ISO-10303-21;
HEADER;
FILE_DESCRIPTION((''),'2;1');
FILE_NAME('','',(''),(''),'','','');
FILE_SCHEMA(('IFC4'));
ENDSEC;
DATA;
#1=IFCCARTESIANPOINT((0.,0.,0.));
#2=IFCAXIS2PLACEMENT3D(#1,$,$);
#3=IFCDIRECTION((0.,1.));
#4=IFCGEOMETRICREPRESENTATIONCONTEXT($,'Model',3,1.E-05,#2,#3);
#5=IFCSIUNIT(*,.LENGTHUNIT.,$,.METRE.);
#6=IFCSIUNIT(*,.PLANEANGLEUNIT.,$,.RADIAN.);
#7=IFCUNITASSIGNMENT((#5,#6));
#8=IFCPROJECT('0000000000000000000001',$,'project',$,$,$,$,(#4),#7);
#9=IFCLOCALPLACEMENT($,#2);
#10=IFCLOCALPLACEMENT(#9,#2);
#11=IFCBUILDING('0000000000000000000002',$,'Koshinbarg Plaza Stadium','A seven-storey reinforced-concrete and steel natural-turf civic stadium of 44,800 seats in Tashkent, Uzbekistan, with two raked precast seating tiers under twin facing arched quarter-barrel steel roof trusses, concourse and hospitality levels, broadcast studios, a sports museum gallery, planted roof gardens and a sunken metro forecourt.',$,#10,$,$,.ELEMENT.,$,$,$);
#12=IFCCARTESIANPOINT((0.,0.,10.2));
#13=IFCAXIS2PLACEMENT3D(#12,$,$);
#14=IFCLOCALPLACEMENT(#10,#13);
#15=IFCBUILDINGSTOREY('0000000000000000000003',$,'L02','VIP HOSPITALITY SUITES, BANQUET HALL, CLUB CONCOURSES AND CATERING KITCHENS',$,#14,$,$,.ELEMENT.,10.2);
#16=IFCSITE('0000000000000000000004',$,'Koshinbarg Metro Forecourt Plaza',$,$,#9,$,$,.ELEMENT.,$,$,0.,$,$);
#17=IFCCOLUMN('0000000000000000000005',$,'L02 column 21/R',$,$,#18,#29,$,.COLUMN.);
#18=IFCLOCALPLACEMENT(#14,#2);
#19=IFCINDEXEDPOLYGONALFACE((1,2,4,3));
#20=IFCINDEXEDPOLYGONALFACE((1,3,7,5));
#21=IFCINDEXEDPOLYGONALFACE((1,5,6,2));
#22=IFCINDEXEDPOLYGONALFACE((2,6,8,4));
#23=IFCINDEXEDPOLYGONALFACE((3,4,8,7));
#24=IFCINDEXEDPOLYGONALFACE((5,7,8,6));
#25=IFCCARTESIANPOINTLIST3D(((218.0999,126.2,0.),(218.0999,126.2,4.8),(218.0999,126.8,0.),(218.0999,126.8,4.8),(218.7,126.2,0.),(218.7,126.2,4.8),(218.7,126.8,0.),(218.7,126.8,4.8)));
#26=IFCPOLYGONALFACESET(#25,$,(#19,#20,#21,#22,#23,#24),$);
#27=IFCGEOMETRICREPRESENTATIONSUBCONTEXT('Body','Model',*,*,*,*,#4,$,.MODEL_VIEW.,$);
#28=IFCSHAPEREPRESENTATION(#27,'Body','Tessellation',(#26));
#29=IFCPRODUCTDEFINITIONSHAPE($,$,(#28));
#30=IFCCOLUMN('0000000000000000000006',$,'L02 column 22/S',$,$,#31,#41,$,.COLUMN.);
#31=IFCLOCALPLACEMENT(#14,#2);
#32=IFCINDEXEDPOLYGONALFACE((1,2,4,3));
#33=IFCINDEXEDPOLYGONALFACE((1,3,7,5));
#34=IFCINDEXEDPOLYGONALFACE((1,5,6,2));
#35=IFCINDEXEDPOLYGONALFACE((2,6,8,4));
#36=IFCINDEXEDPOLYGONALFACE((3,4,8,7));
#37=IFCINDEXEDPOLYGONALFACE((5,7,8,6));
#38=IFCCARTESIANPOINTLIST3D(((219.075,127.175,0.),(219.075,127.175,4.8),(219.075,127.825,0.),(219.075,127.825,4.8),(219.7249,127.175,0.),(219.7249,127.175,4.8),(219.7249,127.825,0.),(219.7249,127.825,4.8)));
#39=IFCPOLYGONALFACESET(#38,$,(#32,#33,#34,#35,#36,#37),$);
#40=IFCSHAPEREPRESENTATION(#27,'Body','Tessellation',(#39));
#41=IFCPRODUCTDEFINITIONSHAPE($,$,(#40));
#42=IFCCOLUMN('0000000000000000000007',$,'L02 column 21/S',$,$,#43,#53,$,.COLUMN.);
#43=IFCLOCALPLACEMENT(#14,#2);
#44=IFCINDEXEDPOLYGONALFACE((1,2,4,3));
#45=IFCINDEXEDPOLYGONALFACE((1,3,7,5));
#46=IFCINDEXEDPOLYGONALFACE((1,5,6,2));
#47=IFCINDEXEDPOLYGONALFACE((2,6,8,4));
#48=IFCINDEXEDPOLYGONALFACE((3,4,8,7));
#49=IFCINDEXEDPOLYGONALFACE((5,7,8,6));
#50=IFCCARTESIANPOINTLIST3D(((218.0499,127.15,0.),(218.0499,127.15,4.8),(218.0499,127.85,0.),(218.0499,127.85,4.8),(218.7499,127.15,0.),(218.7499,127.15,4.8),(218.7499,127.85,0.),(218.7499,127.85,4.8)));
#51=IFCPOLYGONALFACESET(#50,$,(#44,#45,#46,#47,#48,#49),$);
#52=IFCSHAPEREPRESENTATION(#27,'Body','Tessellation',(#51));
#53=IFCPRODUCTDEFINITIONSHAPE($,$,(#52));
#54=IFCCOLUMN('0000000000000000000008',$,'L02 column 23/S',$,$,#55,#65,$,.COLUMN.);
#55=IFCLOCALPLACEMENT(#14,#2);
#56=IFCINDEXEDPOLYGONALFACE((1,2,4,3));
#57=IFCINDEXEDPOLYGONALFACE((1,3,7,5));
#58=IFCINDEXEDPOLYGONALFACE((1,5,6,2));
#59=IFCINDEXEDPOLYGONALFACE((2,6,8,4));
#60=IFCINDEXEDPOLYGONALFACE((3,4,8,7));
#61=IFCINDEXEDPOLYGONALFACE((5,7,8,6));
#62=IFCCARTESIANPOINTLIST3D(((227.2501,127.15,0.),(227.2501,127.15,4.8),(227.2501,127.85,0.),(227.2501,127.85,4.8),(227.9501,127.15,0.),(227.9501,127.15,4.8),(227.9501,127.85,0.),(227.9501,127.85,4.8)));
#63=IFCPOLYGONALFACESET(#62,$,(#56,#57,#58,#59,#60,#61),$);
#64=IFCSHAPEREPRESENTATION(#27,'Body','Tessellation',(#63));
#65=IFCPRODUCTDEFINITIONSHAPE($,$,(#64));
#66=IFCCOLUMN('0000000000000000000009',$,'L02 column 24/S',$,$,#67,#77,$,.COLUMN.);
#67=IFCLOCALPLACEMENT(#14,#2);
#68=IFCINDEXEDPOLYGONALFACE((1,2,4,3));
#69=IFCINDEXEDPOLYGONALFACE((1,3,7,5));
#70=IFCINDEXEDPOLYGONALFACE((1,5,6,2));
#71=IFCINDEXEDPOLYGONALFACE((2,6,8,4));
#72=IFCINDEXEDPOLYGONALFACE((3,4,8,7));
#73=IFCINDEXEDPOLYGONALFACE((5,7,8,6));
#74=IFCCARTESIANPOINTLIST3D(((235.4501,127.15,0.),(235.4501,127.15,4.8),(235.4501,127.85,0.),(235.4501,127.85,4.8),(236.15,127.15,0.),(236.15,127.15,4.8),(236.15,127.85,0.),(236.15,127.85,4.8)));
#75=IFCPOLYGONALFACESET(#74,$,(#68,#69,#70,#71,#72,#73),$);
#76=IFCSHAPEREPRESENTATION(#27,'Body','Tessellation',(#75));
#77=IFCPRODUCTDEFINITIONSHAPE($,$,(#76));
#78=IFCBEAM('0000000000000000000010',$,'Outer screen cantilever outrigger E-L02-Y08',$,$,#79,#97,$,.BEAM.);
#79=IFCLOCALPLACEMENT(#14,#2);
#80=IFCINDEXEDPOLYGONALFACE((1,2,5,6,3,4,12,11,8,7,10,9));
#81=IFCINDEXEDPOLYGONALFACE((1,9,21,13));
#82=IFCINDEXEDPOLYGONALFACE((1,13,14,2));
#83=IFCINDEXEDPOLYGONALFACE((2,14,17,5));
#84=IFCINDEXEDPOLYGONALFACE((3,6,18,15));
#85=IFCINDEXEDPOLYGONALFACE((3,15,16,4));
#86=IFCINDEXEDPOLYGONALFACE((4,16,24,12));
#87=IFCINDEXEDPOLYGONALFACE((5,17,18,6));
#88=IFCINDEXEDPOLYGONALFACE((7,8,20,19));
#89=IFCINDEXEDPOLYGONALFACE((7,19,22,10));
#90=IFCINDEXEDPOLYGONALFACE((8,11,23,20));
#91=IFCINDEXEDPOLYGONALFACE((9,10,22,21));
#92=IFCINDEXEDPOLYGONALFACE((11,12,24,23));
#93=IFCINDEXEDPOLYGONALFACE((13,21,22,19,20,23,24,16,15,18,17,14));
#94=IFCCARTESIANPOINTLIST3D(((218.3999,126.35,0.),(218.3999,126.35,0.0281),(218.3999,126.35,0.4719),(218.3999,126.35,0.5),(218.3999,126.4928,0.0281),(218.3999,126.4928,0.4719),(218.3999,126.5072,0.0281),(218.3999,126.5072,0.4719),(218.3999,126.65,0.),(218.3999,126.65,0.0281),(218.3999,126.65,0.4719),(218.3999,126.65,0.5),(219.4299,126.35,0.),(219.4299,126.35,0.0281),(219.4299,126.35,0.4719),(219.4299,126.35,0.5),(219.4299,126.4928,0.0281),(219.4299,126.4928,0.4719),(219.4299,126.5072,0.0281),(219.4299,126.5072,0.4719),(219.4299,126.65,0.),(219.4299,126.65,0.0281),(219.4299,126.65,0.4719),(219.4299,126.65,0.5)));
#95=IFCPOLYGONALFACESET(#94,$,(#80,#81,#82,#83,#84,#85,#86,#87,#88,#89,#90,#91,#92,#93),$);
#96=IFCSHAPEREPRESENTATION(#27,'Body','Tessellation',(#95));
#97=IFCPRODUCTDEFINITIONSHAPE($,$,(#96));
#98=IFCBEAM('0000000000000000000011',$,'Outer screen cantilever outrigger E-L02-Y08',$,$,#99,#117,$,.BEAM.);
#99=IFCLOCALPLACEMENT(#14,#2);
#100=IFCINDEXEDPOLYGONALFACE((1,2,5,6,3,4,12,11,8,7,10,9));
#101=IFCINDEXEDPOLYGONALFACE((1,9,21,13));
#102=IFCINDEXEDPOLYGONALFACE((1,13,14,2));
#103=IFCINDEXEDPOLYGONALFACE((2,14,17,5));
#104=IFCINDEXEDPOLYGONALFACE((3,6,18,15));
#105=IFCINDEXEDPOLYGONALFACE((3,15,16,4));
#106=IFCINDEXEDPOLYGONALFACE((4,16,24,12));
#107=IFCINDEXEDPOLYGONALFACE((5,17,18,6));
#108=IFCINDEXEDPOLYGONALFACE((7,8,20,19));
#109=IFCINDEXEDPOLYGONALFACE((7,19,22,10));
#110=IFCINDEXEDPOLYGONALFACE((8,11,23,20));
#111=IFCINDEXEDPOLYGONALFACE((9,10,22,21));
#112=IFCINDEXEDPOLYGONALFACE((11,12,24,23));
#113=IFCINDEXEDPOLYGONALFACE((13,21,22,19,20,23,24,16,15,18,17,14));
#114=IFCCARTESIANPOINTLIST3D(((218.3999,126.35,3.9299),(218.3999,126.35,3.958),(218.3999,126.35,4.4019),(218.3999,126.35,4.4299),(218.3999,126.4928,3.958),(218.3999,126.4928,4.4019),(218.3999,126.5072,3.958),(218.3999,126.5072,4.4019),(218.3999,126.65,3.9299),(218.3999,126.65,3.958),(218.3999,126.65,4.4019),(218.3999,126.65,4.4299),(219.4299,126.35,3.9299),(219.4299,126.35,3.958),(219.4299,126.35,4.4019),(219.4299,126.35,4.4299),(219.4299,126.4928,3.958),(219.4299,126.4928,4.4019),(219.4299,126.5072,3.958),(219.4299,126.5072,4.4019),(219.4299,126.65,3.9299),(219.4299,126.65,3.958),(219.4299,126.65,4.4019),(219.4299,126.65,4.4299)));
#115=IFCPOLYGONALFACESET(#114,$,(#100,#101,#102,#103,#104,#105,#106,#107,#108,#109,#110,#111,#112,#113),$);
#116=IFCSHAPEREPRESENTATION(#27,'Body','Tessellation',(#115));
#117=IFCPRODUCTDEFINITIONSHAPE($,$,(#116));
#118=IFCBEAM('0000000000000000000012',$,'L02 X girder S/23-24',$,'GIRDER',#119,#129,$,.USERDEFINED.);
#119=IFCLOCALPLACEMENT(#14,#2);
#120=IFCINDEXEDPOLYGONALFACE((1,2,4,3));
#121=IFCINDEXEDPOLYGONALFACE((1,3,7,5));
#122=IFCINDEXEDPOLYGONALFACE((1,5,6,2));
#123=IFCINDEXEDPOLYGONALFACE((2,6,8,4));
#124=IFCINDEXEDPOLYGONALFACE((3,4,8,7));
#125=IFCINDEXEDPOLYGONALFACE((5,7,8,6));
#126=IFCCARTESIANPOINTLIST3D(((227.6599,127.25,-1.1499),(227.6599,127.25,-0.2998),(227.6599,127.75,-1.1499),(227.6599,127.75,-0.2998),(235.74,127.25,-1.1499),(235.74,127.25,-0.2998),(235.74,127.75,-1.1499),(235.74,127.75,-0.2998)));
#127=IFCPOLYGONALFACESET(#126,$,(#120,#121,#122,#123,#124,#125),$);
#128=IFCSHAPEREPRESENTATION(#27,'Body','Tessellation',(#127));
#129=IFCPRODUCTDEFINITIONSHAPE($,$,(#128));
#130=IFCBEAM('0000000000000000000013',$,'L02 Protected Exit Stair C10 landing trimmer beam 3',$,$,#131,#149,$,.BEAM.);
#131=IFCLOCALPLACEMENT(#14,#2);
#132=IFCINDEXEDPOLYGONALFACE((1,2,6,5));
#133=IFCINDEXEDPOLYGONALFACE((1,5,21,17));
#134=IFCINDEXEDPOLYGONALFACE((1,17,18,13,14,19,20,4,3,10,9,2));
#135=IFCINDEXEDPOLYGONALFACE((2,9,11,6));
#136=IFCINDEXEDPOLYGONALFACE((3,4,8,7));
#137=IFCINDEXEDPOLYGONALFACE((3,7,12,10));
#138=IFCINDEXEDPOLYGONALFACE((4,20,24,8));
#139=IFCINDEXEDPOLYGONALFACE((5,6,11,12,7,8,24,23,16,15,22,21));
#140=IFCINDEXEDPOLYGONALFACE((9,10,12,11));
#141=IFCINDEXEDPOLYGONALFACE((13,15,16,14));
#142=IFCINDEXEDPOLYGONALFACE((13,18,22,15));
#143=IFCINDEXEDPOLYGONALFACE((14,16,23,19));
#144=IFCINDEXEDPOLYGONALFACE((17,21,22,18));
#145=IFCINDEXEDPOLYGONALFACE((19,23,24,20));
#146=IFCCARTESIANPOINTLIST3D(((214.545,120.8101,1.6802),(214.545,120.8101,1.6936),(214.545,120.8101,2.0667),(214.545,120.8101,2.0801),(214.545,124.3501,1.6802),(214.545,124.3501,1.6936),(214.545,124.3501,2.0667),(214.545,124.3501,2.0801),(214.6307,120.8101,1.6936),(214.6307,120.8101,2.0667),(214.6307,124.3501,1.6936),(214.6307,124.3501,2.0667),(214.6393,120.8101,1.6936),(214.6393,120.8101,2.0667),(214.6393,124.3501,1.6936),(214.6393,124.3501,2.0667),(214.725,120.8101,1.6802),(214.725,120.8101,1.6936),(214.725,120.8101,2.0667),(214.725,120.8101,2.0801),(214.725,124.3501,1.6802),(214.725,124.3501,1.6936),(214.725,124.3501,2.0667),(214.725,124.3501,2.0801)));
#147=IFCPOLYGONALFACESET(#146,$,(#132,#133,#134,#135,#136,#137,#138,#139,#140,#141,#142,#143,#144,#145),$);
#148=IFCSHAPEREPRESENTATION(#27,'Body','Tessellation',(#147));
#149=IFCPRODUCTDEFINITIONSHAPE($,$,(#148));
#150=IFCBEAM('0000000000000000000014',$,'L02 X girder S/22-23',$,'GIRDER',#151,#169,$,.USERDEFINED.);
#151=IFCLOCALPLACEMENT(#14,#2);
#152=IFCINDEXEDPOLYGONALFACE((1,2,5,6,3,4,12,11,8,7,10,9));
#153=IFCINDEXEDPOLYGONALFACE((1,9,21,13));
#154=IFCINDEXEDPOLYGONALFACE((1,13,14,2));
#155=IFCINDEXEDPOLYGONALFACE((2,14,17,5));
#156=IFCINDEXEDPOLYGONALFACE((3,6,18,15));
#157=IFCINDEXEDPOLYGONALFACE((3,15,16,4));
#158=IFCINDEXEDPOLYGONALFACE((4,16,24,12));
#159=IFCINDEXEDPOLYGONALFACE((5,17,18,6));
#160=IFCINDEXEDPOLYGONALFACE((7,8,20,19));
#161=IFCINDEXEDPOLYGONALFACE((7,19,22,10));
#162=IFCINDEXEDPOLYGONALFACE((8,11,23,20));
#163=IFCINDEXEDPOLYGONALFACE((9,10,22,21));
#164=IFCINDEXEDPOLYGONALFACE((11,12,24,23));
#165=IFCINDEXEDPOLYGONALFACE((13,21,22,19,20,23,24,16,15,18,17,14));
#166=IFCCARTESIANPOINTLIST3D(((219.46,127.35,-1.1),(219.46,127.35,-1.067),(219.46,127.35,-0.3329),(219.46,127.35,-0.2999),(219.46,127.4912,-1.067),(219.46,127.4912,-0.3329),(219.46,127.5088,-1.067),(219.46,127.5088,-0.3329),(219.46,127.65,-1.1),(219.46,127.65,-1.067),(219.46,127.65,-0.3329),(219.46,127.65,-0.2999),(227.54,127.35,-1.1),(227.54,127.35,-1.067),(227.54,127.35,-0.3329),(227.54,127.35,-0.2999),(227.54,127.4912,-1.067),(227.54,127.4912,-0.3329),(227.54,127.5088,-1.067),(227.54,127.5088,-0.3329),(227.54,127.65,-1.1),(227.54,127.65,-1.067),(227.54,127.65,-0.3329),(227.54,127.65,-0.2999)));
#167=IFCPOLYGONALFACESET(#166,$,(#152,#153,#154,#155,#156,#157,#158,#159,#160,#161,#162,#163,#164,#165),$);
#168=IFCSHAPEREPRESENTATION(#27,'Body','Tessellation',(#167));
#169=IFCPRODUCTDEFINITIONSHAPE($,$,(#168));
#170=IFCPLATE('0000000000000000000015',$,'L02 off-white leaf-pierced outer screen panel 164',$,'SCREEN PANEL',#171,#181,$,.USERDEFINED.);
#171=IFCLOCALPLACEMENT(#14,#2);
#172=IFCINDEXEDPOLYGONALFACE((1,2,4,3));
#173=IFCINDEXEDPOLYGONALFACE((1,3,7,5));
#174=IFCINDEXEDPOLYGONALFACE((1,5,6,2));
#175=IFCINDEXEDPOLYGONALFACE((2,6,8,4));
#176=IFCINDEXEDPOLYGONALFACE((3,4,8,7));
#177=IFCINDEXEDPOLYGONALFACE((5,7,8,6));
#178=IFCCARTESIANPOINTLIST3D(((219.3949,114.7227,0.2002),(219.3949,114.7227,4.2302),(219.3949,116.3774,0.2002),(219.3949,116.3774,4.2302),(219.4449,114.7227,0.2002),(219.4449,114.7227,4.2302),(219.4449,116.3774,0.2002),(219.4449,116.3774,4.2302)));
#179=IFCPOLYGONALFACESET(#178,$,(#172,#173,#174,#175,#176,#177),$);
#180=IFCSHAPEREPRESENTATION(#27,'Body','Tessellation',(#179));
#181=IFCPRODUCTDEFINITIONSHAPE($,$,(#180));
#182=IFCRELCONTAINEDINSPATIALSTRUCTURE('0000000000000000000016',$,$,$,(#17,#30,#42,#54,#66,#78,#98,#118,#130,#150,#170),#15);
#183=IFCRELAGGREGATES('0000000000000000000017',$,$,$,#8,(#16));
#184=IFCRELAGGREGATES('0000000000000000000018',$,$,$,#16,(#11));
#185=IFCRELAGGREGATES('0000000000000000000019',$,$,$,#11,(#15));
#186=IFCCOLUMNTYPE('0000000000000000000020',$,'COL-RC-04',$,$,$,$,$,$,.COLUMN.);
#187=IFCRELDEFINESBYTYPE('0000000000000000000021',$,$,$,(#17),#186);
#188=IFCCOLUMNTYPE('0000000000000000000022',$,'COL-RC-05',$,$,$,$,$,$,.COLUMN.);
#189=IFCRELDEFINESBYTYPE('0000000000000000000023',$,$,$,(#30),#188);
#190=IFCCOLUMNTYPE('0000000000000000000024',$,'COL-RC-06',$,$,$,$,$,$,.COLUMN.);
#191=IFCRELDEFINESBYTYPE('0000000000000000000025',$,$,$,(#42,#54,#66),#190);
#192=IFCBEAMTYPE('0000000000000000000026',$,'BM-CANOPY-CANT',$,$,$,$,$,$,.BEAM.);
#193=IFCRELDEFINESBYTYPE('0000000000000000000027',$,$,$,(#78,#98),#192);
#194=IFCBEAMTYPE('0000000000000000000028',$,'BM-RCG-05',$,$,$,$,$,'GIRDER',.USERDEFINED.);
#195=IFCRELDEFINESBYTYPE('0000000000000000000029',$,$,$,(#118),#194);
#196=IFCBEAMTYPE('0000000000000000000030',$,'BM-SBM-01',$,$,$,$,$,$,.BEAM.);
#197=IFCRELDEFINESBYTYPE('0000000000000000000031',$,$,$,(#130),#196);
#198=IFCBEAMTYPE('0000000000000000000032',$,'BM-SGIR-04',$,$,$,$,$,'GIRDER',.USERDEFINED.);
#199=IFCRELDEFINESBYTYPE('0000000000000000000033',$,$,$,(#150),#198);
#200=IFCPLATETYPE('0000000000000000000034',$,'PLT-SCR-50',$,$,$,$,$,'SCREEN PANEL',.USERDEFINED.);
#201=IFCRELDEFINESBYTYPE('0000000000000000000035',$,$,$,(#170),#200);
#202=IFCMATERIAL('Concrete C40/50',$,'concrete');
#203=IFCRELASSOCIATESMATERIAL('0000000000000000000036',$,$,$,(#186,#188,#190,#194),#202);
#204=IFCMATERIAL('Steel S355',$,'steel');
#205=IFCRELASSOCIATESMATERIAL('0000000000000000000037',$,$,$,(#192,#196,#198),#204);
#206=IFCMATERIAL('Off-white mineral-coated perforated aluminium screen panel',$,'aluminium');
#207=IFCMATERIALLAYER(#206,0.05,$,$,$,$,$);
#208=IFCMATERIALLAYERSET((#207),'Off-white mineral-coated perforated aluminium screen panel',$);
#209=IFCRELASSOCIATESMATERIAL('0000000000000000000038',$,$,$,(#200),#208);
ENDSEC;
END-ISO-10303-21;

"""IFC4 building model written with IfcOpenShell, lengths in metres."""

from ifc_helpers import new_model, si_unit, direction, frame, origin, origin_2d, place, context, subcontext, project, spatial, rectangle, i_section, extrude, material, layer, layer_set, material_profile, profile_set, type_object, element, save


model = new_model("IFC4")

# Units and contexts
model_context = context("Model", 3, precision=1e-05, world=origin(), true_north=direction((0.0, 1.0)))
body_context = subcontext(model_context, "Body", "Model", "MODEL_VIEW")
ifc_project = project(units=[si_unit("LENGTHUNIT", "METRE"), si_unit("PLANEANGLEUNIT", "RADIAN")], contexts=[model_context])

# Site, building, storey
site_placement = place(None, origin())
site = spatial("IfcSite", under=ifc_project, at=site_placement, Name="Koshinbarg Metro Forecourt Plaza", CompositionType="ELEMENT", RefElevation=0.0)
building_placement = place(site_placement, origin())
building = spatial("IfcBuilding", under=site, at=building_placement, Name="Koshinbarg Plaza Stadium", Description="A seven-storey reinforced-concrete and steel natural-turf civic stadium of 44,800 seats in Tashkent, Uzbekistan, with two raked precast seating tiers under twin facing arched quarter-barrel steel roof trusses, concourse and hospitality levels, broadcast studios, a sports museum gallery, planted roof gardens and a sunken metro forecourt.", CompositionType="ELEMENT")
storey_placement = place(building_placement, frame((0.0, 0.0, 10.2)))
storey = spatial("IfcBuildingStorey", under=building, at=storey_placement, Name="L02", Description="VIP HOSPITALITY SUITES, BANQUET HALL, CLUB CONCOURSES AND CATERING KITCHENS", CompositionType="ELEMENT", Elevation=10.2)

# Columns
ifc_material_1 = material(Name="Concrete C40/50", Category="concrete")
ifc_material_profile_1 = material_profile(ifc_material_1, rectangle(XDim=0.6001, YDim=0.6001, at=origin_2d()), Name="RC 600x600")
ifc_profile_set_1 = profile_set([ifc_material_profile_1], Name="Concrete C40/50")
column_type_1 = type_object("IfcColumnType", Name="COL-RC-04", PredefinedType="COLUMN", material=ifc_profile_set_1)
column_1_placement = place(storey_placement, frame((218.3999, 126.5, 0.0), z_axis=(0.0, 0.0, 1.0), x_axis=(1.0, 0.0, 0.0)))
element("IfcColumn", 1, at=column_1_placement, inside=storey, type_object=column_type_1, Name="L02 column 21/R", PredefinedType="COLUMN", context=body_context, shape_type="SweptSolid", body=[
    extrude(rectangle(XDim=0.6001, YDim=0.6001, at=origin_2d()), origin(), (0.0, 0.0, 1.0), 4.8),
])
ifc_material_profile_2 = material_profile(ifc_material_1, rectangle(XDim=0.6499, YDim=0.6499, at=origin_2d()), Name="RC 650x650")
ifc_profile_set_2 = profile_set([ifc_material_profile_2], Name="Concrete C40/50")
column_type_2 = type_object("IfcColumnType", Name="COL-RC-05", PredefinedType="COLUMN", material=ifc_profile_set_2)
column_2_placement = place(storey_placement, frame((219.3999, 127.5, 0.0), z_axis=(0.0, 0.0, 1.0), x_axis=(1.0, 0.0, 0.0)))
element("IfcColumn", 2, at=column_2_placement, inside=storey, type_object=column_type_2, Name="L02 column 22/S", PredefinedType="COLUMN", context=body_context, shape_type="SweptSolid", body=[
    extrude(rectangle(XDim=0.6499, YDim=0.6499, at=origin_2d()), origin(), (0.0, 0.0, 1.0), 4.8),
])
ifc_material_profile_3 = material_profile(ifc_material_1, rectangle(XDim=0.7, YDim=0.7, at=origin_2d()), Name="RC 700x700")
ifc_profile_set_3 = profile_set([ifc_material_profile_3], Name="Concrete C40/50")
column_type_3 = type_object("IfcColumnType", Name="COL-RC-06", PredefinedType="COLUMN", material=ifc_profile_set_3)
for number, where, z_axis, x_axis, name in (
    (3, (218.3999, 127.5, 0.0), (0.0, 0.0, 1.0), (1.0, 0.0, 0.0), "L02 column 21/S"),
    (4, (227.6001, 127.5, 0.0), (0.0, 0.0, 1.0), (1.0, 0.0, 0.0), "L02 column 23/S"),
    (5, (235.8, 127.5, 0.0), (0.0, 0.0, 1.0), (1.0, 0.0, 0.0), "L02 column 24/S"),
):
    element("IfcColumn", number, at=place(storey_placement, frame(where, z_axis=z_axis, x_axis=x_axis)), inside=storey, type_object=column_type_3, Name=name, PredefinedType="COLUMN", context=body_context, shape_type="SweptSolid", body=[
        extrude(rectangle(XDim=0.7, YDim=0.7, at=origin_2d()), origin(), (0.0, 0.0, 1.0), 4.8),
    ])

# Beams
ifc_material_2 = material(Name="Steel S355", Category="steel")
ifc_material_profile_4 = material_profile(ifc_material_2, i_section(OverallWidth=0.3, OverallDepth=0.5, WebThickness=0.0144, FlangeThickness=0.0281, at=origin_2d()), Name="HEB 500")
ifc_profile_set_4 = profile_set([ifc_material_profile_4], Name="Steel S355")
beam_type_1 = type_object("IfcBeamType", Name="BM-CANOPY-CANT", PredefinedType="BEAM", material=ifc_profile_set_4)
for number, where, z_axis, x_axis, name in (
    (6, (218.3999, 126.5, 0.25), (1.0, 0.0, 0.0), (0.0, 1.0, 0.0), "Outer screen cantilever outrigger E-L02-Y08"),
    (7, (218.3999, 126.5, 4.1799), (1.0, 0.0, 0.0), (0.0, 1.0, 0.0), "Outer screen cantilever outrigger E-L02-Y08"),
):
    element("IfcBeam", number, at=place(storey_placement, frame(where, z_axis=z_axis, x_axis=x_axis)), inside=storey, type_object=beam_type_1, Name=name, PredefinedType="BEAM", context=body_context, shape_type="SweptSolid", body=[
        extrude(i_section(OverallWidth=0.3, OverallDepth=0.5, WebThickness=0.0144, FlangeThickness=0.0281, at=origin_2d()), origin(), (0.0, 0.0, 1.0), 1.03),
    ])
ifc_material_profile_5 = material_profile(ifc_material_1, rectangle(XDim=0.5, YDim=0.8501, at=origin_2d()), Name="RC 500x850")
ifc_profile_set_5 = profile_set([ifc_material_profile_5], Name="Concrete C40/50")
beam_type_2 = type_object("IfcBeamType", Name="BM-RCG-05", ElementType="GIRDER", PredefinedType="USERDEFINED", material=ifc_profile_set_5)
beam_1_placement = place(storey_placement, frame((227.6599, 127.5, -0.7249), z_axis=(1.0, 0.0, 0.0), x_axis=(0.0, 1.0, 0.0)))
element("IfcBeam", 8, at=beam_1_placement, inside=storey, type_object=beam_type_2, Name="L02 X girder S/23-24", ObjectType="GIRDER", PredefinedType="USERDEFINED", context=body_context, shape_type="SweptSolid", body=[
    extrude(rectangle(XDim=0.5, YDim=0.8501, at=origin_2d()), origin(), (0.0, 0.0, 1.0), 8.0801),
])
ifc_material_profile_6 = material_profile(ifc_material_2, i_section(OverallWidth=0.1799, OverallDepth=0.3999, WebThickness=0.0085, FlangeThickness=0.0134, at=origin_2d()), Name="IPE 400")
ifc_profile_set_6 = profile_set([ifc_material_profile_6], Name="Steel S355")
beam_type_3 = type_object("IfcBeamType", Name="BM-SBM-01", PredefinedType="BEAM", material=ifc_profile_set_6)
beam_2_placement = place(storey_placement, frame((214.635, 120.8101, 1.8801), z_axis=(0.0, 1.0, 0.0), x_axis=(-1.0, 0.0, 0.0)))
element("IfcBeam", 9, at=beam_2_placement, inside=storey, type_object=beam_type_3, Name="L02 Protected Exit Stair C10 landing trimmer beam 3", PredefinedType="BEAM", context=body_context, shape_type="SweptSolid", body=[
    extrude(i_section(OverallWidth=0.1799, OverallDepth=0.3999, WebThickness=0.0085, FlangeThickness=0.0134, at=origin_2d()), origin(), (0.0, 0.0, 1.0), 3.54),
])
ifc_material_profile_7 = material_profile(ifc_material_2, i_section(OverallWidth=0.3, OverallDepth=0.8, WebThickness=0.0176, FlangeThickness=0.033, at=origin_2d()), Name="HEB 800")
ifc_profile_set_7 = profile_set([ifc_material_profile_7], Name="Steel S355")
beam_type_4 = type_object("IfcBeamType", Name="BM-SGIR-04", ElementType="GIRDER", PredefinedType="USERDEFINED", material=ifc_profile_set_7)
beam_3_placement = place(storey_placement, frame((219.46, 127.5, -0.7), z_axis=(1.0, 0.0, 0.0), x_axis=(0.0, 1.0, 0.0)))
element("IfcBeam", 10, at=beam_3_placement, inside=storey, type_object=beam_type_4, Name="L02 X girder S/22-23", ObjectType="GIRDER", PredefinedType="USERDEFINED", context=body_context, shape_type="SweptSolid", body=[
    extrude(i_section(OverallWidth=0.3, OverallDepth=0.8, WebThickness=0.0176, FlangeThickness=0.033, at=origin_2d()), origin(), (0.0, 0.0, 1.0), 8.0801),
])

# Plate
ifc_material_3 = material(Name="Off-white mineral-coated perforated aluminium screen panel", Category="aluminium")
ifc_layer_1 = layer(ifc_material_3, 0.05)
ifc_layer_set_1 = layer_set([ifc_layer_1], Name="Off-white mineral-coated perforated aluminium screen panel")
plate_type_1 = type_object("IfcPlateType", Name="PLT-SCR-50", ElementType="SCREEN PANEL", PredefinedType="USERDEFINED", material=ifc_layer_set_1)
for number, where, z_axis, x_axis, name in (
    (11, (219.4199, 115.55, 0.2002), (0.0, 0.0, 1.0), (1.0, 0.0, 0.0), "L02 off-white leaf-pierced outer screen panel 164"),
):
    element("IfcPlate", number, at=place(storey_placement, frame(where, z_axis=z_axis, x_axis=x_axis)), inside=storey, type_object=plate_type_1, Name=name, ObjectType="SCREEN PANEL", PredefinedType="USERDEFINED", context=body_context, shape_type="SweptSolid", body=[
        extrude(rectangle(XDim=0.05, YDim=1.6548, at=origin_2d()), origin(), (0.0, 0.0, 1.0), 4.03),
    ])

save(model, "model.ifc")
